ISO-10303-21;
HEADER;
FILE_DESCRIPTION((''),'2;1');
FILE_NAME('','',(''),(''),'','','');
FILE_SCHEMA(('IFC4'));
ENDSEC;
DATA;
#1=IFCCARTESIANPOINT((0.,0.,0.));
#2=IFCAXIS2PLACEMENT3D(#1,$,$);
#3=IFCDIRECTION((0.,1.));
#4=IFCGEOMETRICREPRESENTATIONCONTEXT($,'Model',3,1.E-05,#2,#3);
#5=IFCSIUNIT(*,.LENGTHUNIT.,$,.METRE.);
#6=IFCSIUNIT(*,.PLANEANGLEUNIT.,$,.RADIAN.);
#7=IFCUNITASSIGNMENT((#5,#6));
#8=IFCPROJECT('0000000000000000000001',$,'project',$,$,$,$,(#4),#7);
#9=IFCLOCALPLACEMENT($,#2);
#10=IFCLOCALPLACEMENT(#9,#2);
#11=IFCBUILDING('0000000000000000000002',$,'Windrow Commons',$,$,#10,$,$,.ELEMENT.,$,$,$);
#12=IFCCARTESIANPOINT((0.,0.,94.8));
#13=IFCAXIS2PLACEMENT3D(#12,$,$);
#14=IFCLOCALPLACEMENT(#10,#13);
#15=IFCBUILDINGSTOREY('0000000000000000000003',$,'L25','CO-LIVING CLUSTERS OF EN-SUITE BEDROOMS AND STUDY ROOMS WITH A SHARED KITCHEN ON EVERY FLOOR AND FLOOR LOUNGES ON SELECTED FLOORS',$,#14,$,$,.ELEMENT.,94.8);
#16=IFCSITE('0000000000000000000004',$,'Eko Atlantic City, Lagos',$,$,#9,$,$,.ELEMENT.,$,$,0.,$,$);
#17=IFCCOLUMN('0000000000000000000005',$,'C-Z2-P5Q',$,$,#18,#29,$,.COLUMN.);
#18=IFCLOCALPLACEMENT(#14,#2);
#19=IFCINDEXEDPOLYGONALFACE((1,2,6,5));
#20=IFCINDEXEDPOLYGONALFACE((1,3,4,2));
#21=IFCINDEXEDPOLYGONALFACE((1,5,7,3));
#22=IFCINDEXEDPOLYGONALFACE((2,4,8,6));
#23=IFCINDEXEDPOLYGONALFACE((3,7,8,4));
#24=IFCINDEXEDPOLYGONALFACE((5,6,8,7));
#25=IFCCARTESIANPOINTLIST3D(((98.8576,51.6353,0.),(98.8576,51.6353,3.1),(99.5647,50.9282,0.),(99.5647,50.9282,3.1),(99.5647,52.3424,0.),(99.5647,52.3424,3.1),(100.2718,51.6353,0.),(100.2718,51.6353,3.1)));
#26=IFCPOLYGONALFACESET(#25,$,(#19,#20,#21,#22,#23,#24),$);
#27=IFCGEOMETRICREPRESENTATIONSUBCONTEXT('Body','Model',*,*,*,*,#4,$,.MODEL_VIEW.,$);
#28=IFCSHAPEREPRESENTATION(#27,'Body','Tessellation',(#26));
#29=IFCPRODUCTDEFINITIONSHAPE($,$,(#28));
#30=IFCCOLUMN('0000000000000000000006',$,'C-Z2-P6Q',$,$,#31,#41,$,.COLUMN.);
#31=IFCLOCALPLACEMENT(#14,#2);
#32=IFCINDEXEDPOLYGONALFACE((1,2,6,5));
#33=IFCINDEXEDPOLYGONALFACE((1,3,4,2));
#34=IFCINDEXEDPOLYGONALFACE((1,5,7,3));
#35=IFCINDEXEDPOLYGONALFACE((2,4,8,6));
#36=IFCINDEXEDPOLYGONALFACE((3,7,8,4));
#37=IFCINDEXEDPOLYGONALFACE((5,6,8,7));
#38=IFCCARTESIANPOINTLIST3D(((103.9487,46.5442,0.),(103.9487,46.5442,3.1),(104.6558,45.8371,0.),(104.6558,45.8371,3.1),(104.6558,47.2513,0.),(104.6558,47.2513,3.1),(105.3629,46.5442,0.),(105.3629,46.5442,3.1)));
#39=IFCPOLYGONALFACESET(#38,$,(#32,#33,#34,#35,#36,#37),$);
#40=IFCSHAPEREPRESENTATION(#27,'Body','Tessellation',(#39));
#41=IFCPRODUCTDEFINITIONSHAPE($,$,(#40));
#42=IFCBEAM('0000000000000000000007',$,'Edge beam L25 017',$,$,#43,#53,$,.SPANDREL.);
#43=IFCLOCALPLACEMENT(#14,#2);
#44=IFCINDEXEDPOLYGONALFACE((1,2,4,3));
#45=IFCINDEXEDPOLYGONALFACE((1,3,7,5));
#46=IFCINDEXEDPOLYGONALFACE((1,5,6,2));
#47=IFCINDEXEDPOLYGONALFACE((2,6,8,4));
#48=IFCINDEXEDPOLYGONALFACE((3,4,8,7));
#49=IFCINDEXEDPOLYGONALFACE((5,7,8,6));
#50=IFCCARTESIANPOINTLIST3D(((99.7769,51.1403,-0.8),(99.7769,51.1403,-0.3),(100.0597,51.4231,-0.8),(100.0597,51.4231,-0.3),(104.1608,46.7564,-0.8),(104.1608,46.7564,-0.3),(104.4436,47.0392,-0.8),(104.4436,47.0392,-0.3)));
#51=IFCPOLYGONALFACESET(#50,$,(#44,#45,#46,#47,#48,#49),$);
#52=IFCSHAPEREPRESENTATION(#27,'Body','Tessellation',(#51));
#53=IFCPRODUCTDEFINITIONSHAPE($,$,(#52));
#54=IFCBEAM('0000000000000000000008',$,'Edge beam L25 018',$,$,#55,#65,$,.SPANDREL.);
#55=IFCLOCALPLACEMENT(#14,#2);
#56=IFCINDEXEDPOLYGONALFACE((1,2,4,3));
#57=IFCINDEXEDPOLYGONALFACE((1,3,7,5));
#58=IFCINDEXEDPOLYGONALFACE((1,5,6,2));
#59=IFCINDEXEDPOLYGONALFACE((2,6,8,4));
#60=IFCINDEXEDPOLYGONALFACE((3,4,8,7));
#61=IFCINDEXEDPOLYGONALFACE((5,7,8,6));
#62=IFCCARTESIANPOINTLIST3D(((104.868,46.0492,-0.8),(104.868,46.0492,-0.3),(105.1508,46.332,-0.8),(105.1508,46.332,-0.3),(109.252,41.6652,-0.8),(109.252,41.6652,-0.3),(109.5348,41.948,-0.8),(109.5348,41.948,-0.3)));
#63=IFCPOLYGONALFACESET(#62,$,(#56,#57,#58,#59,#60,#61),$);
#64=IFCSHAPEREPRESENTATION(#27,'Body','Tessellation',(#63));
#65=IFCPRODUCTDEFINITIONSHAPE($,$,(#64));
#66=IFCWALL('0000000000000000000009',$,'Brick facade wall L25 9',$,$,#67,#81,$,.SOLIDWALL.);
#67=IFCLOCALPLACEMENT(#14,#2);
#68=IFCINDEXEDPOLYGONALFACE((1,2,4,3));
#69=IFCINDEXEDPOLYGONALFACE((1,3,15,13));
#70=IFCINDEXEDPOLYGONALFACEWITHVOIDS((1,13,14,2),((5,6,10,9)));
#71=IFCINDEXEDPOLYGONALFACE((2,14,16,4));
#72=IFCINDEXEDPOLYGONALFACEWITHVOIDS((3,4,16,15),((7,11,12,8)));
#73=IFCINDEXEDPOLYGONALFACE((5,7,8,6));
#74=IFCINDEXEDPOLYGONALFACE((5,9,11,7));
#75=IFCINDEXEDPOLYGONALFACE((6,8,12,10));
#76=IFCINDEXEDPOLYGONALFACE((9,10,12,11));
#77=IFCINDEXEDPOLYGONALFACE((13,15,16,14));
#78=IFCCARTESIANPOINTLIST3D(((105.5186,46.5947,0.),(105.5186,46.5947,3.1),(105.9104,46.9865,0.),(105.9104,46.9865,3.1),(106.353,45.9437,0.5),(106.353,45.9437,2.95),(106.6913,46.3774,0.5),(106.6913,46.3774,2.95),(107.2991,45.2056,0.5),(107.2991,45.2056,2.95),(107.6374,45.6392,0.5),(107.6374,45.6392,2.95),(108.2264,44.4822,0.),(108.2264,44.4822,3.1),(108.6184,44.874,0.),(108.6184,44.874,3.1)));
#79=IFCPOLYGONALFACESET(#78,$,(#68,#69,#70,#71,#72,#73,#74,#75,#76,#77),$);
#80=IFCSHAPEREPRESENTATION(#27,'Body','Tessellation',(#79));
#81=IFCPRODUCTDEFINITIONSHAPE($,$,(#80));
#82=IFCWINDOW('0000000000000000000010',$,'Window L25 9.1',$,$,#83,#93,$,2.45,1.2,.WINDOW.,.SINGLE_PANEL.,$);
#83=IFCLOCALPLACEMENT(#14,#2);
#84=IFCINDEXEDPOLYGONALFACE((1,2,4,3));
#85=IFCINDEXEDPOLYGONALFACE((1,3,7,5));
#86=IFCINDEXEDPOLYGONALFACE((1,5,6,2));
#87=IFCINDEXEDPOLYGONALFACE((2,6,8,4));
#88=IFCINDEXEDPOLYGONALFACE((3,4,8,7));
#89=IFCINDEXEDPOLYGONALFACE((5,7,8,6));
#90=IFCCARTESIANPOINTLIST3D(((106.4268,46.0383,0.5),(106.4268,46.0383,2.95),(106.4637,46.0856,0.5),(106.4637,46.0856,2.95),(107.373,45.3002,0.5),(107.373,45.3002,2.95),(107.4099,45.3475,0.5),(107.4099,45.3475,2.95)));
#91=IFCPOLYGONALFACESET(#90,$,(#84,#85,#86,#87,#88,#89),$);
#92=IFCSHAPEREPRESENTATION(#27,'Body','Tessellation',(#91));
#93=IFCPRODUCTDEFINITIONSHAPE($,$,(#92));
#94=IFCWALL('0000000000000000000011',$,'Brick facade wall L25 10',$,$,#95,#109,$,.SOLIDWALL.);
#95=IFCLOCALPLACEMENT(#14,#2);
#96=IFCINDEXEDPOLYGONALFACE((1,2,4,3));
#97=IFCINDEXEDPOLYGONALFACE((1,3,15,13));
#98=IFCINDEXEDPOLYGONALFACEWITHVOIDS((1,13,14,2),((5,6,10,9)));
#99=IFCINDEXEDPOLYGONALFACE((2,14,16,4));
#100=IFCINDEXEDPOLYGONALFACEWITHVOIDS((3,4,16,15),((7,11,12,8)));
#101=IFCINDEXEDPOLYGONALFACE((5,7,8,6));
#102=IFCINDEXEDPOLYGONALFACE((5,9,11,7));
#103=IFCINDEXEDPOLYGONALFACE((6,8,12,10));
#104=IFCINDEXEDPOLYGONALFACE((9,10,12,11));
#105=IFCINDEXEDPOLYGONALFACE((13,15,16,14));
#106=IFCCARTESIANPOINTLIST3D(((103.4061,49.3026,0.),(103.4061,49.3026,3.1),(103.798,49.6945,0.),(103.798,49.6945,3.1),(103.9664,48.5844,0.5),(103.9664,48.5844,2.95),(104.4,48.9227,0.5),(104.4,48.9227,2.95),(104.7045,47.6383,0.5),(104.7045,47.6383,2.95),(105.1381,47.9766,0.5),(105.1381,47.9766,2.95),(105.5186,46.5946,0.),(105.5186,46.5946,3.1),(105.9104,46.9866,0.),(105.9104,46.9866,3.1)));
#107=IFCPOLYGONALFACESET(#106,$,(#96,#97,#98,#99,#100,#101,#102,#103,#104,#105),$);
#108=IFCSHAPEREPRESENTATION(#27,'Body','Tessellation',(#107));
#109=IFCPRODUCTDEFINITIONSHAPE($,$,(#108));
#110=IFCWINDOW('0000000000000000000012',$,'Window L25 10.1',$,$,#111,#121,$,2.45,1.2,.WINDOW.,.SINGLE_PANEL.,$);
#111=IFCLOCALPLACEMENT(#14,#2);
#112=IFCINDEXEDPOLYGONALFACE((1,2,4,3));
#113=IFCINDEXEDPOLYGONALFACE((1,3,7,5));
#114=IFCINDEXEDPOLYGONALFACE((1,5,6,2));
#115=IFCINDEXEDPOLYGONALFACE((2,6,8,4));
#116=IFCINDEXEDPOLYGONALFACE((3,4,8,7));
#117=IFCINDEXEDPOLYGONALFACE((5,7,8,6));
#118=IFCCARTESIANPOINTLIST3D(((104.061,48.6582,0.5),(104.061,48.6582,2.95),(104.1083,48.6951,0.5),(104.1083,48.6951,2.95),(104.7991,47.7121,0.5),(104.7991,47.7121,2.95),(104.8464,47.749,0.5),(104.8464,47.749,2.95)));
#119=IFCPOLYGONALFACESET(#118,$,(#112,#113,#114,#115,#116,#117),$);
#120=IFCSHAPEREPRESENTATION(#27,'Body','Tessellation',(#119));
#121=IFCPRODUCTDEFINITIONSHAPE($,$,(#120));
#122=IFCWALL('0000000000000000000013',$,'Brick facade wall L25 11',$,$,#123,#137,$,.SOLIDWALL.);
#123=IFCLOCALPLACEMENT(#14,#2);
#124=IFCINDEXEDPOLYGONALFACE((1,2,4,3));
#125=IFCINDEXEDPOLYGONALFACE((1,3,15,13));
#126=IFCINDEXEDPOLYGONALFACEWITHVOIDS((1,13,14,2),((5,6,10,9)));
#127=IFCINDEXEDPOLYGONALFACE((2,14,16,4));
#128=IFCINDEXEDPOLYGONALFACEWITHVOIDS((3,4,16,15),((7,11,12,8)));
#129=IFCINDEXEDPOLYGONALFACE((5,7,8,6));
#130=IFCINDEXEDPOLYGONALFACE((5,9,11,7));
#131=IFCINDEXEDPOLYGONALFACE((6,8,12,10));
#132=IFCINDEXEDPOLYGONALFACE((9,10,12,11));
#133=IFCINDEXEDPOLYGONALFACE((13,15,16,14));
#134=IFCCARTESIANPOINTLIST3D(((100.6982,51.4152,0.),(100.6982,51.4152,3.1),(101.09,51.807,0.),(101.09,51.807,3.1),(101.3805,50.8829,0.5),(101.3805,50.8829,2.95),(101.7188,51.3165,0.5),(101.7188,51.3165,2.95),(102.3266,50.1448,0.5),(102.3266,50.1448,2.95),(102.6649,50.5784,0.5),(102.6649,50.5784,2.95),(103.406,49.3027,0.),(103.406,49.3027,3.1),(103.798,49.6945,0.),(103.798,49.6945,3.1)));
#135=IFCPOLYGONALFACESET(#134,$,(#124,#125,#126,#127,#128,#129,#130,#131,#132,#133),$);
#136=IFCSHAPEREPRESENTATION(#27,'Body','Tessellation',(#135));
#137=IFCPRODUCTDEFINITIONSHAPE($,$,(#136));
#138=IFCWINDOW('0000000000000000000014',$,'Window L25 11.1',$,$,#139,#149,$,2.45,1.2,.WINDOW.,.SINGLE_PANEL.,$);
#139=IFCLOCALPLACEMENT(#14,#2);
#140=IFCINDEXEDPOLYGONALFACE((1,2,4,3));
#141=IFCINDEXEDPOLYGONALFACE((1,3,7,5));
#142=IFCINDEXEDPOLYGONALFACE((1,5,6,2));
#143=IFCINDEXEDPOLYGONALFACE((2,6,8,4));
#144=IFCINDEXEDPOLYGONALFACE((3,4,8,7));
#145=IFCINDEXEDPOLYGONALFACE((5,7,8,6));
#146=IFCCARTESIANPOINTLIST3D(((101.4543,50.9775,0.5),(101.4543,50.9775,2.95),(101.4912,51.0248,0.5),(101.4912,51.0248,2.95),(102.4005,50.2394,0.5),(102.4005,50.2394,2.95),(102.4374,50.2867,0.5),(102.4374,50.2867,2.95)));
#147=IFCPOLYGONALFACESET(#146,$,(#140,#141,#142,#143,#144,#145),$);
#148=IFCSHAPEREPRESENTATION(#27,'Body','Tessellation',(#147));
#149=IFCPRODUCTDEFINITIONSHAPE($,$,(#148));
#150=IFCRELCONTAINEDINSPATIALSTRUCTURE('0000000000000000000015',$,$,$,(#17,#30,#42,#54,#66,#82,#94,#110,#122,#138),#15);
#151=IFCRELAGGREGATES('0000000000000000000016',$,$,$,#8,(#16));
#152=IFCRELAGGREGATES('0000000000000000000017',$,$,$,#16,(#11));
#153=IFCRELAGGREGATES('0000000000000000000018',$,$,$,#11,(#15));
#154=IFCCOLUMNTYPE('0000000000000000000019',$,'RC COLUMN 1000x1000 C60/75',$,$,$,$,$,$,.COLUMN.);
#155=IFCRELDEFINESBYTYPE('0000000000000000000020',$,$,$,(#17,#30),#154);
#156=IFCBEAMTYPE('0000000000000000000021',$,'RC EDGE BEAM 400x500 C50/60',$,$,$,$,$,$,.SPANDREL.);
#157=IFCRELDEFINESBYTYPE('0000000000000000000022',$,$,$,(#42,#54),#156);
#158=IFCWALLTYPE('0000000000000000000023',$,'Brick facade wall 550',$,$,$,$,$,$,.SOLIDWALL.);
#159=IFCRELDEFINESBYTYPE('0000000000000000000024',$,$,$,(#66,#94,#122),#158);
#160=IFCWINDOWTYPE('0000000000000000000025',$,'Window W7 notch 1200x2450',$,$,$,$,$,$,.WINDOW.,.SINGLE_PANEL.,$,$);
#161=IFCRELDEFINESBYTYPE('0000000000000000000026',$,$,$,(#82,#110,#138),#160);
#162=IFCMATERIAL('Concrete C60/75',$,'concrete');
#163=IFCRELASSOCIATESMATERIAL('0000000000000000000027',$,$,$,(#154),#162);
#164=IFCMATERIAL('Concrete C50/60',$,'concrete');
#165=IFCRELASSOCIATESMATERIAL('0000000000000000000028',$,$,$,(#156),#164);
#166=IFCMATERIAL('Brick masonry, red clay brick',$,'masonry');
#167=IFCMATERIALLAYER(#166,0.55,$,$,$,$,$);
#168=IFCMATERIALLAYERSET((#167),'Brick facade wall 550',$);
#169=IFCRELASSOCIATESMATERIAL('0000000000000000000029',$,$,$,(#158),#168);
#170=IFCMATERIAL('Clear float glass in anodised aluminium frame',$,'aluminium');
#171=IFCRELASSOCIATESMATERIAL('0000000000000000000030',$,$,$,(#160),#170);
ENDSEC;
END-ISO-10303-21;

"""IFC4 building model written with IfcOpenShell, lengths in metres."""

from ifc_helpers import new_model, si_unit, direction, frame, frame_2d, origin, origin_2d, place, context, subcontext, project, spatial, polyline, rectangle, outline, extrude, material, layer, layer_set, material_profile, profile_set, type_object, element, fill, save


model = new_model("IFC4")

# Units and contexts
model_context = context("Model", 3, precision=1e-05, world=origin(), true_north=direction((0.0, 1.0)))
body_context = subcontext(model_context, "Body", "Model", "MODEL_VIEW")
ifc_project = project(units=[si_unit("LENGTHUNIT", "METRE"), si_unit("PLANEANGLEUNIT", "RADIAN")], contexts=[model_context])

# Site, building, storey
site_placement = place(None, origin())
site = spatial("IfcSite", under=ifc_project, at=site_placement, Name="Eko Atlantic City, Lagos", CompositionType="ELEMENT", RefElevation=0.0)
building_placement = place(site_placement, origin())
building = spatial("IfcBuilding", under=site, at=building_placement, Name="Windrow Commons", CompositionType="ELEMENT")
storey_placement = place(building_placement, frame((0.0, 0.0, 94.8)))
storey = spatial("IfcBuildingStorey", under=building, at=storey_placement, Name="L25", Description="CO-LIVING CLUSTERS OF EN-SUITE BEDROOMS AND STUDY ROOMS WITH A SHARED KITCHEN ON EVERY FLOOR AND FLOOR LOUNGES ON SELECTED FLOORS", CompositionType="ELEMENT", Elevation=94.8)

# Columns
ifc_material_1 = material(Name="Concrete C60/75", Category="concrete")
ifc_material_profile_1 = material_profile(ifc_material_1, rectangle(XDim=1.0, YDim=1.0, at=origin_2d()))
ifc_profile_set_1 = profile_set([ifc_material_profile_1], Name="Concrete C60/75")
column_type = type_object("IfcColumnType", Name="RC COLUMN 1000x1000 C60/75", PredefinedType="COLUMN", material=ifc_profile_set_1)
for number, where, z_axis, x_axis, name in (
    (1, (99.5647, 51.6353, 0.0), (0.0, 0.0, 1.0), (0.707107, -0.707107, 0.0), "C-Z2-P5Q"),
    (2, (104.6558, 46.5442, 0.0), (0.0, 0.0, 1.0), (0.707107, -0.707107, 0.0), "C-Z2-P6Q"),
):
    element("IfcColumn", number, at=place(storey_placement, frame(where, z_axis=z_axis, x_axis=x_axis)), inside=storey, type_object=column_type, Name=name, PredefinedType="COLUMN", context=body_context, shape_type="SweptSolid", body=[
        extrude(rectangle(XDim=1.0, YDim=1.0, at=origin_2d()), origin(), (0.0, 0.0, 1.0), 3.1),
    ])

# Beams
ifc_material_2 = material(Name="Concrete C50/60", Category="concrete")
ifc_material_profile_2 = material_profile(ifc_material_2, rectangle(XDim=0.4, YDim=0.5, at=origin_2d()))
ifc_profile_set_2 = profile_set([ifc_material_profile_2], Name="Concrete C50/60")
beam_type = type_object("IfcBeamType", Name="RC EDGE BEAM 400x500 C50/60", PredefinedType="SPANDREL", material=ifc_profile_set_2)
beam_1_placement = place(storey_placement, frame((99.9183, 51.2817, -0.55), z_axis=(0.707107, -0.707107, 0.0), x_axis=(0.707107, 0.707107, 0.0)))
element("IfcBeam", 3, at=beam_1_placement, inside=storey, type_object=beam_type, Name="Edge beam L25 017", PredefinedType="SPANDREL", context=body_context, shape_type="SweptSolid", body=[
    extrude(rectangle(XDim=0.4, YDim=0.5, at=origin_2d()), origin(), (0.0, 0.0, 1.0), 6.1998),
])
beam_2_placement = place(storey_placement, frame((105.0094, 46.1906, -0.55), z_axis=(0.707107, -0.707107, 0.0), x_axis=(0.707107, 0.707107, 0.0)))
element("IfcBeam", 4, at=beam_2_placement, inside=storey, type_object=beam_type, Name="Edge beam L25 018", PredefinedType="SPANDREL", context=body_context, shape_type="SweptSolid", body=[
    extrude(rectangle(XDim=0.4, YDim=0.5, at=origin_2d()), origin(), (0.0, 0.0, 1.0), 6.1999),
])

# Walls, openings, windows
ifc_material_3 = material(Name="Brick masonry, red clay brick", Category="masonry")
ifc_layer_1 = layer(ifc_material_3, 0.55)
ifc_layer_set_1 = layer_set([ifc_layer_1], Name="Brick facade wall 550")
wall_type_1 = type_object("IfcWallType", Name="Brick facade wall 550", PredefinedType="SOLIDWALL", material=ifc_layer_set_1)
wall_1_placement = place(storey_placement, frame((108.4224, 44.6781, 0.0), z_axis=(0.0, 0.0, 1.0), x_axis=(-0.788455, 0.615093, 0.0)))
wall_1 = element("IfcWall", 5, at=wall_1_placement, inside=storey, type_object=wall_type_1, Name="Brick facade wall L25 9", PredefinedType="SOLIDWALL", context=body_context, shape_type="SweptSolid", body=[
    extrude(outline(polyline([(-0.034, -0.275), (3.4005, -0.275), (3.4684, 0.275), (0.034, 0.275), (-0.034, -0.275)])), origin(), (0.0, 0.0, 1.0), 3.1),
])
opening_1_placement = place(wall_1_placement, frame((1.2101, 0.0, 0.5)))
opening_1 = element("IfcOpeningElement", 6, at=opening_1_placement, cuts=wall_1, PredefinedType="OPENING", context=body_context, shape_type="SweptSolid", body=[
    extrude(rectangle(XDim=1.2, YDim=2.45, at=frame_2d((0.6, 1.225))), frame((0.0, 0.285, 0.0), z_axis=(0.0, -1.0, 0.0), x_axis=(1.0, 0.0, 0.0)), (0.0, 0.0, 1.0), 0.57),
])
ifc_material_4 = material(Name="Clear float glass in anodised aluminium frame", Category="aluminium")
window_type = type_object("IfcWindowType", Name="Window W7 notch 1200x2450", PartitioningType="SINGLE_PANEL", PredefinedType="WINDOW", material=ifc_material_4)
window_1_placement = place(opening_1_placement, origin())
window_1 = element("IfcWindow", 7, at=window_1_placement, inside=storey, type_object=window_type, Name="Window L25 9.1", OverallHeight=2.45, OverallWidth=1.2, PartitioningType="SINGLE_PANEL", PredefinedType="WINDOW", context=body_context, shape_type="SweptSolid", body=[
    extrude(rectangle(XDim=1.2, YDim=2.45, at=frame_2d((0.6, 1.225))), frame((0.0, 0.155, 0.0), z_axis=(0.0, -1.0, 0.0), x_axis=(1.0, 0.0, 0.0)), (0.0, 0.0, 1.0), 0.06),
])
fill(opening_1, window_1)
wall_2_placement = place(storey_placement, frame((105.7145, 46.7906, 0.0), z_axis=(0.0, 0.0, 1.0), x_axis=(-0.615079, 0.788466, 0.0)))
wall_2 = element("IfcWall", 8, at=wall_2_placement, inside=storey, type_object=wall_type_1, Name="Brick facade wall L25 10", PredefinedType="SOLIDWALL", context=body_context, shape_type="SweptSolid", body=[
    extrude(outline(polyline([(0.034, -0.275), (3.4684, -0.275), (3.4005, 0.275), (-0.034, 0.275), (0.034, -0.275)])), origin(), (0.0, 0.0, 1.0), 3.1),
])
opening_2_placement = place(wall_2_placement, frame((1.2896, 0.0, 0.5)))
opening_2 = element("IfcOpeningElement", 9, at=opening_2_placement, cuts=wall_2, PredefinedType="OPENING", context=body_context, shape_type="SweptSolid", body=[
    extrude(rectangle(XDim=1.2, YDim=2.45, at=frame_2d((0.6, 1.225))), frame((0.0, 0.285, 0.0), z_axis=(0.0, -1.0, 0.0), x_axis=(1.0, 0.0, 0.0)), (0.0, 0.0, 1.0), 0.57),
])
window_2_placement = place(opening_2_placement, origin())
window_2 = element("IfcWindow", 10, at=window_2_placement, inside=storey, type_object=window_type, Name="Window L25 10.1", OverallHeight=2.45, OverallWidth=1.2, PartitioningType="SINGLE_PANEL", PredefinedType="WINDOW", context=body_context, shape_type="SweptSolid", body=[
    extrude(rectangle(XDim=1.2, YDim=2.45, at=frame_2d((0.6, 1.225))), frame((0.0, 0.155, 0.0), z_axis=(0.0, -1.0, 0.0), x_axis=(1.0, 0.0, 0.0)), (0.0, 0.0, 1.0), 0.06),
])
fill(opening_2, window_2)
wall_3_placement = place(storey_placement, frame((103.602, 49.4986, 0.0), z_axis=(0.0, 0.0, 1.0), x_axis=(-0.788455, 0.615093, 0.0)))
wall_3 = element("IfcWall", 11, at=wall_3_placement, inside=storey, type_object=wall_type_1, Name="Brick facade wall L25 11", PredefinedType="SOLIDWALL", context=body_context, shape_type="SweptSolid", body=[
    extrude(outline(polyline([(-0.034, -0.275), (3.4005, -0.275), (3.4684, 0.275), (0.034, 0.275), (-0.034, -0.275)])), origin(), (0.0, 0.0, 1.0), 3.1),
])
opening_3_placement = place(wall_3_placement, frame((1.403, 0.0, 0.5)))
opening_3 = element("IfcOpeningElement", 12, at=opening_3_placement, cuts=wall_3, PredefinedType="OPENING", context=body_context, shape_type="SweptSolid", body=[
    extrude(rectangle(XDim=1.2, YDim=2.45, at=frame_2d((0.6, 1.225))), frame((0.0, 0.285, 0.0), z_axis=(0.0, -1.0, 0.0), x_axis=(1.0, 0.0, 0.0)), (0.0, 0.0, 1.0), 0.57),
])
window_3_placement = place(opening_3_placement, origin())
window_3 = element("IfcWindow", 13, at=window_3_placement, inside=storey, type_object=window_type, Name="Window L25 11.1", OverallHeight=2.45, OverallWidth=1.2, PartitioningType="SINGLE_PANEL", PredefinedType="WINDOW", context=body_context, shape_type="SweptSolid", body=[
    extrude(rectangle(XDim=1.2, YDim=2.45, at=frame_2d((0.6, 1.225))), frame((0.0, 0.155, 0.0), z_axis=(0.0, -1.0, 0.0), x_axis=(1.0, 0.0, 0.0)), (0.0, 0.0, 1.0), 0.06),
])
fill(opening_3, window_3)

save(model, "model.ifc")
